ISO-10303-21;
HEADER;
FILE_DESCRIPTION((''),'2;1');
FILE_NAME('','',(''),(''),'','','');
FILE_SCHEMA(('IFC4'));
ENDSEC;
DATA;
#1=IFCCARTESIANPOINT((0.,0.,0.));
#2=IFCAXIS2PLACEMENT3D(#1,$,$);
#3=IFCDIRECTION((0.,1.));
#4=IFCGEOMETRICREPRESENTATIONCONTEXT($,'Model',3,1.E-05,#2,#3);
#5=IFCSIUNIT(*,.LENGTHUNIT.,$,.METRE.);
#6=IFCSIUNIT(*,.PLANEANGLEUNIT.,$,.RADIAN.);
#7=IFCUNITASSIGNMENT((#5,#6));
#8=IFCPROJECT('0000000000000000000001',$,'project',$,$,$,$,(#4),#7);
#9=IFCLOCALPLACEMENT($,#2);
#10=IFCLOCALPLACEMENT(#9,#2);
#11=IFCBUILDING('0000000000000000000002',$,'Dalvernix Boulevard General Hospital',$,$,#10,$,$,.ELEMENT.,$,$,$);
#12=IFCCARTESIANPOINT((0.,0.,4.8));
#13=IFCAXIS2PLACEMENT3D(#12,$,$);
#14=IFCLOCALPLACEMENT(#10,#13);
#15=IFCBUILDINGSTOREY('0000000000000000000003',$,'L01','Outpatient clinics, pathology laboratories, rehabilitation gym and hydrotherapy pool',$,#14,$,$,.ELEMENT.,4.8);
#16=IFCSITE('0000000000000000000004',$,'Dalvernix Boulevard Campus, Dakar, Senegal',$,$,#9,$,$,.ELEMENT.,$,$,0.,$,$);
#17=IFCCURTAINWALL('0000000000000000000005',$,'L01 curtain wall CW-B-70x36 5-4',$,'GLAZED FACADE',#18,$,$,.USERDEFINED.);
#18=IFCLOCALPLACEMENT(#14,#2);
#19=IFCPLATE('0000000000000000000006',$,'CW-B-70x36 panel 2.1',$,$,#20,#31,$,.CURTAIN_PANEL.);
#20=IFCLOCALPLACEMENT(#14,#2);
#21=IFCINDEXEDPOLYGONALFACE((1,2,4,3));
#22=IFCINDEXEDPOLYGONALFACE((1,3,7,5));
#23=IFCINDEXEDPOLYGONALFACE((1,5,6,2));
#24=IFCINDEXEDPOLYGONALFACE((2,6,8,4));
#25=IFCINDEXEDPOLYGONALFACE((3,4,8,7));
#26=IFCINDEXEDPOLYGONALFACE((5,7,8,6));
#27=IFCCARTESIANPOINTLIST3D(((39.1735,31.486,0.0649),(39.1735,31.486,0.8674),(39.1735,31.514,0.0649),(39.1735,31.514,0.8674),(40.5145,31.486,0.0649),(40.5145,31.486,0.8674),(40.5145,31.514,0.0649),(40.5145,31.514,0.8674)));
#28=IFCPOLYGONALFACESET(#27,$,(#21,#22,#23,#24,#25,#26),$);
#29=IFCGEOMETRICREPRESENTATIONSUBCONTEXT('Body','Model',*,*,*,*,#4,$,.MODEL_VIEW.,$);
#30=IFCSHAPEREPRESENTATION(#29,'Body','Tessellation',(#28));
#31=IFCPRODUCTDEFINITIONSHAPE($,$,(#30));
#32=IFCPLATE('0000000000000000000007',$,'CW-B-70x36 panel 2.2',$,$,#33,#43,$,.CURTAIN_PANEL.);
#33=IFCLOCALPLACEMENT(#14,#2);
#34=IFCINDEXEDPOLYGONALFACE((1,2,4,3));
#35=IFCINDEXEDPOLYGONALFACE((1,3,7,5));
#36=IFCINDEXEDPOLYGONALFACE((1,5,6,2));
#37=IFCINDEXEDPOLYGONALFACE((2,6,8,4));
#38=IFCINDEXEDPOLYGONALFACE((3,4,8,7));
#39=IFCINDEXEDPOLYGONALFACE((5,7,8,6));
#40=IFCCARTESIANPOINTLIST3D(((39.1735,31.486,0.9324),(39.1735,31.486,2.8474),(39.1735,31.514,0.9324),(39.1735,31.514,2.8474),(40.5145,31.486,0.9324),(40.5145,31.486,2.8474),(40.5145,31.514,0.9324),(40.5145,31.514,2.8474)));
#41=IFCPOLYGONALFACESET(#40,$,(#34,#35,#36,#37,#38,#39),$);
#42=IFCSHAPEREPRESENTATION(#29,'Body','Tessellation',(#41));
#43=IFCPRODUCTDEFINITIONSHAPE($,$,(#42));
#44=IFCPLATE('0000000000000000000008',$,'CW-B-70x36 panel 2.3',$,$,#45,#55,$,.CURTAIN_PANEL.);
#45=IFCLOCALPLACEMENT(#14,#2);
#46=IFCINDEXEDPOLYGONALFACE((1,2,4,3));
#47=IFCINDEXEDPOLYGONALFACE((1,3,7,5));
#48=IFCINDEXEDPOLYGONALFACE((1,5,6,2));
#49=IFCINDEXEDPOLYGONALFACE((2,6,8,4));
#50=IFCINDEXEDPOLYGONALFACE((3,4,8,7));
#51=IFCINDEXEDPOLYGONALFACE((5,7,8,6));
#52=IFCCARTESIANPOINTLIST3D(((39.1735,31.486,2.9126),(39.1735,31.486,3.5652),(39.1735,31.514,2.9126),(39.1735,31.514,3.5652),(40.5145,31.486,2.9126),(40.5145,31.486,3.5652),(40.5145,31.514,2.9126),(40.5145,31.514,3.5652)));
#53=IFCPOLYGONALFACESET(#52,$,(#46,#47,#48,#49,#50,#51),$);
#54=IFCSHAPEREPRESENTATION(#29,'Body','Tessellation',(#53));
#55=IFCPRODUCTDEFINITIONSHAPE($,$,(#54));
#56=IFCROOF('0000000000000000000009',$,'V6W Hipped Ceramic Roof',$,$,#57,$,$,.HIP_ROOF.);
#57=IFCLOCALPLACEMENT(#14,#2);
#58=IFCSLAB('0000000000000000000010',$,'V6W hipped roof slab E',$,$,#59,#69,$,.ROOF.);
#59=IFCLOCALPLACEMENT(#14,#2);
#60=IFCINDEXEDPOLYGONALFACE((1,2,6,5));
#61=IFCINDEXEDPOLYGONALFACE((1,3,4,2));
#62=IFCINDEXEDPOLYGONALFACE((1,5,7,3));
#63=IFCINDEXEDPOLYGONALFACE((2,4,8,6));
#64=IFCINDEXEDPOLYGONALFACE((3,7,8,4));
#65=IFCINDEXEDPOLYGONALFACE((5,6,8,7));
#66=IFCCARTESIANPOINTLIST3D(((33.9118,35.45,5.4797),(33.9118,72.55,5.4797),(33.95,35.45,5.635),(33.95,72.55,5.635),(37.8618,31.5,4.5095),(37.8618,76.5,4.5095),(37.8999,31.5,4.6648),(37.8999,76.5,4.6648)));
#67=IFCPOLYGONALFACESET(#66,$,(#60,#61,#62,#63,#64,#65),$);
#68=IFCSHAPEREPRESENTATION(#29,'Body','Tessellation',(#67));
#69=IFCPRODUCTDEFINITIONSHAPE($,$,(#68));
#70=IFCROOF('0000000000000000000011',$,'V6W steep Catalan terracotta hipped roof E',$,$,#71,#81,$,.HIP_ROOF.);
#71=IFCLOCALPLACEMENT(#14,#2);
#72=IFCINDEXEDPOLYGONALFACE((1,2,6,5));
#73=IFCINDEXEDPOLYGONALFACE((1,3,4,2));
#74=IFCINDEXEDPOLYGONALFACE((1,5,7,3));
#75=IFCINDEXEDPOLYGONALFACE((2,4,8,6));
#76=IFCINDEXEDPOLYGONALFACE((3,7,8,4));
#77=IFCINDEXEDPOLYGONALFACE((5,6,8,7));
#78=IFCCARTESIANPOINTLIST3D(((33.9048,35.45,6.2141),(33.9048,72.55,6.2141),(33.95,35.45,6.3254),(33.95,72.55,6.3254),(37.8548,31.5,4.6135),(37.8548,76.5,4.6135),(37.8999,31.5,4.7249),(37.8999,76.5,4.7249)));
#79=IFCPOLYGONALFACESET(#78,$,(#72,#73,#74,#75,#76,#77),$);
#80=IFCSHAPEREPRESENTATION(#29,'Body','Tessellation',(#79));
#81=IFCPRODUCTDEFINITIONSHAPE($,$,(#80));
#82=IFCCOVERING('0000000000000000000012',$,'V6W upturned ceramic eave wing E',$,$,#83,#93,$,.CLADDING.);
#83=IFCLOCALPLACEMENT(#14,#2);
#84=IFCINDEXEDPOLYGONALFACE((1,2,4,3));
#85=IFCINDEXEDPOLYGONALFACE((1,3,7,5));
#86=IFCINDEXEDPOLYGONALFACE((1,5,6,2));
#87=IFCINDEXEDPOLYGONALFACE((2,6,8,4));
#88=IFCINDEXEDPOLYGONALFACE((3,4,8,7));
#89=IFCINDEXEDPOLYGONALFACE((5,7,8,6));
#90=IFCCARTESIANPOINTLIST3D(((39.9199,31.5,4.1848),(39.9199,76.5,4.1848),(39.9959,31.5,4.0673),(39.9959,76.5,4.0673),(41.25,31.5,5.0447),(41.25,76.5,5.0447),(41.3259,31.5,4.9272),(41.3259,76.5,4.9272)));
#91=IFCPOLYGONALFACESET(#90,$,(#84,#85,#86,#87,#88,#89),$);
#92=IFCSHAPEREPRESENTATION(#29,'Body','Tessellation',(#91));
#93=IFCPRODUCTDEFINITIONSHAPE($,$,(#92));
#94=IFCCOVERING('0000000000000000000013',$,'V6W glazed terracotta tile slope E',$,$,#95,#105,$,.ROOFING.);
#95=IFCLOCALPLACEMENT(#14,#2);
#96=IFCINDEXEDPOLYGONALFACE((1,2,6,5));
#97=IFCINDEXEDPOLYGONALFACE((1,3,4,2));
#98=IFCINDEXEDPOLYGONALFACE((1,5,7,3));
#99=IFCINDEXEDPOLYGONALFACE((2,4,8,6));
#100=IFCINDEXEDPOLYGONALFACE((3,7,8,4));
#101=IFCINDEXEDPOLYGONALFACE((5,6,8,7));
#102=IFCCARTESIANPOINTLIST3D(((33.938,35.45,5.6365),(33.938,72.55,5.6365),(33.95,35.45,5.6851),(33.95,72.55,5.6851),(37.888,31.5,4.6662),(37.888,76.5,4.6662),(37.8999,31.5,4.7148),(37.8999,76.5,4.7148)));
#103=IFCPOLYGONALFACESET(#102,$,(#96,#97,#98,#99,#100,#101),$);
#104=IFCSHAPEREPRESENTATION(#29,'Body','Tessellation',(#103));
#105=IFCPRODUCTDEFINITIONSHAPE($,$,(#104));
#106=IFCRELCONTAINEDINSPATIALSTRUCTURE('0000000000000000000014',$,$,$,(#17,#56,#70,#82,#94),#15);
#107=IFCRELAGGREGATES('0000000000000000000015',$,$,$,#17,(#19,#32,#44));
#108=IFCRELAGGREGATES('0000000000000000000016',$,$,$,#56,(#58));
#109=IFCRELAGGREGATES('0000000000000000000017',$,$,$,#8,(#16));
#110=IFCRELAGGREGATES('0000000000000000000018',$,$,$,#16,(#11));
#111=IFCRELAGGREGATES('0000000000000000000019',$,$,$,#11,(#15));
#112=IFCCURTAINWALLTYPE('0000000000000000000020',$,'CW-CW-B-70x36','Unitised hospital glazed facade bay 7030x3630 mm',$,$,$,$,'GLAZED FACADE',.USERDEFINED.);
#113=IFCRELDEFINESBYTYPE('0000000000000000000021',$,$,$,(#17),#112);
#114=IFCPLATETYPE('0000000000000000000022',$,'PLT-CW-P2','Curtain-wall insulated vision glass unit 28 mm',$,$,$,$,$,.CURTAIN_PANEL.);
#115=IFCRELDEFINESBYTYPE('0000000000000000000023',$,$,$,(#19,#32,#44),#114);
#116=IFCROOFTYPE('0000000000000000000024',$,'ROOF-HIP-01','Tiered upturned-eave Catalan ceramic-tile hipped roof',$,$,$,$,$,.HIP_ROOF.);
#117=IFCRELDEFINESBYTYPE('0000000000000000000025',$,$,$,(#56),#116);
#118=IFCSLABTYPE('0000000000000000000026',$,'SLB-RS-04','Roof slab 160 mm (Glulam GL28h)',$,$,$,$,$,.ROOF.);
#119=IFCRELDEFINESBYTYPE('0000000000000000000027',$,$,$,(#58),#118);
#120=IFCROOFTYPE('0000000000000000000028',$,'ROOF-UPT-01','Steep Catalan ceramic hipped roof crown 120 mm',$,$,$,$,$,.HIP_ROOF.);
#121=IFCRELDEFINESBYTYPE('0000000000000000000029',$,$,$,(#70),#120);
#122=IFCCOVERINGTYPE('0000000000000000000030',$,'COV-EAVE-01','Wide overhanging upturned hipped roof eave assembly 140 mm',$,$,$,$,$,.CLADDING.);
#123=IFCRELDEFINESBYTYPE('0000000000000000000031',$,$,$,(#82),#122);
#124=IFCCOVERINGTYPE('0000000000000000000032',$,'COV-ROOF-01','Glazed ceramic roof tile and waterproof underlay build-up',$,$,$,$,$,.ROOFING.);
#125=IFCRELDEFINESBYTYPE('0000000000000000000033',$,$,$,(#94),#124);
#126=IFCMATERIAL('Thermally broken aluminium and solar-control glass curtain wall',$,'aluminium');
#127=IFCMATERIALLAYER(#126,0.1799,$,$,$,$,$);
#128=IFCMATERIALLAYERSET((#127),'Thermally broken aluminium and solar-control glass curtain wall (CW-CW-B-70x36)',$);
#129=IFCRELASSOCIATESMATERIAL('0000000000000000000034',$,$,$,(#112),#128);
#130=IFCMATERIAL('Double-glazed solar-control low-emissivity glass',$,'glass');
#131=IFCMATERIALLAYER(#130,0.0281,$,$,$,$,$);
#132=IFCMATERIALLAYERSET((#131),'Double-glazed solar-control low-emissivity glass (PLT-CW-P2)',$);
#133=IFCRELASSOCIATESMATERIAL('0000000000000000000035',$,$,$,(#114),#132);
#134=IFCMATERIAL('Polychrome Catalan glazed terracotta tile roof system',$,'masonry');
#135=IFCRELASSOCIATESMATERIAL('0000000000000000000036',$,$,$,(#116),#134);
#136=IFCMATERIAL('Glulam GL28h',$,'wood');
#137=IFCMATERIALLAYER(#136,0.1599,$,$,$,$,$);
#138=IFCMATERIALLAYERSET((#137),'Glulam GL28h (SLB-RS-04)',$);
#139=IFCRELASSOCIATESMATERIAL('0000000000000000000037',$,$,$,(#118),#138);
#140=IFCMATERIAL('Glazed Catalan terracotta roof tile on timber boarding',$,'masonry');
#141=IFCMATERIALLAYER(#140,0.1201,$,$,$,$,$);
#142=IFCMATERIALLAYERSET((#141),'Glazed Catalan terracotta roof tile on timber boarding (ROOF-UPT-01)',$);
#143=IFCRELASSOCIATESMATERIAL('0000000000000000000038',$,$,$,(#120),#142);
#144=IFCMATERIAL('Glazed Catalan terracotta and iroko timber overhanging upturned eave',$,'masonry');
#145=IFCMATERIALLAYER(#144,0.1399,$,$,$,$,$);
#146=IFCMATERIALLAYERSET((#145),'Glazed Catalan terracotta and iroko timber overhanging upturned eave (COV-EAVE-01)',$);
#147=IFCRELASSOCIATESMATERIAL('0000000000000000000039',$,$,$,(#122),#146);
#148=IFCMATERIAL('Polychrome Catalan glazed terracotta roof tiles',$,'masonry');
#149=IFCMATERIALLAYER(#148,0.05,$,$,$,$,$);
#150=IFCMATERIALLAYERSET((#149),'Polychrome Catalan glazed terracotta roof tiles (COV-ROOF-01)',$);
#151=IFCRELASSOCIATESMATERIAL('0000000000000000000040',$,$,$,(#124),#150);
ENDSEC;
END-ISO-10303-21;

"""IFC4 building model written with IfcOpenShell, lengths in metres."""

from ifc_helpers import new_model, si_unit, direction, frame, origin, origin_2d, place, context, subcontext, project, spatial, polyline, rectangle, outline, extrude, material, layer, layer_set, type_object, element, aggregate, save


model = new_model("IFC4")

# Units and contexts
model_context = context("Model", 3, precision=1e-05, world=origin(), true_north=direction((0.0, 1.0)))
body_context = subcontext(model_context, "Body", "Model", "MODEL_VIEW")
ifc_project = project(units=[si_unit("LENGTHUNIT", "METRE"), si_unit("PLANEANGLEUNIT", "RADIAN")], contexts=[model_context])

# Site, building, storey
site_placement = place(None, origin())
site = spatial("IfcSite", under=ifc_project, at=site_placement, Name="Dalvernix Boulevard Campus, Dakar, Senegal", CompositionType="ELEMENT", RefElevation=0.0)
building_placement = place(site_placement, origin())
building = spatial("IfcBuilding", under=site, at=building_placement, Name="Dalvernix Boulevard General Hospital", CompositionType="ELEMENT")
storey_placement = place(building_placement, frame((0.0, 0.0, 4.8)))
storey = spatial("IfcBuildingStorey", under=building, at=storey_placement, Name="L01", Description="Outpatient clinics, pathology laboratories, rehabilitation gym and hydrotherapy pool", CompositionType="ELEMENT", Elevation=4.8)

# Curtain wall, plates
ifc_material_1 = material(Name="Thermally broken aluminium and solar-control glass curtain wall", Category="aluminium")
ifc_layer_1 = layer(ifc_material_1, 0.1799)
ifc_layer_set_1 = layer_set([ifc_layer_1], Name="Thermally broken aluminium and solar-control glass curtain wall (CW-CW-B-70x36)")
curtain_wall_type = type_object("IfcCurtainWallType", Name="CW-CW-B-70x36", Description="Unitised hospital glazed facade bay 7030x3630 mm", ElementType="GLAZED FACADE", PredefinedType="USERDEFINED", material=ifc_layer_set_1)
curtain_wall_placement = place(storey_placement, origin())
curtain_wall = element("IfcCurtainWall", 1, at=curtain_wall_placement, inside=storey, type_object=curtain_wall_type, Name="L01 curtain wall CW-B-70x36 5-4", ObjectType="GLAZED FACADE", PredefinedType="USERDEFINED")
ifc_material_2 = material(Name="Double-glazed solar-control low-emissivity glass", Category="glass")
ifc_layer_2 = layer(ifc_material_2, 0.0281)
ifc_layer_set_2 = layer_set([ifc_layer_2], Name="Double-glazed solar-control low-emissivity glass (PLT-CW-P2)")
plate_type = type_object("IfcPlateType", Name="PLT-CW-P2", Description="Curtain-wall insulated vision glass unit 28 mm", PredefinedType="CURTAIN_PANEL", material=ifc_layer_set_2)
plate_1_placement = place(storey_placement, frame((39.844, 31.5, 0.0649), z_axis=(0.0, 0.0, 1.0), x_axis=(1.0, 0.0, 0.0)))
plate_1 = element("IfcPlate", 2, at=plate_1_placement, type_object=plate_type, Name="CW-B-70x36 panel 2.1", PredefinedType="CURTAIN_PANEL", context=body_context, shape_type="SweptSolid", body=[
    extrude(rectangle(XDim=1.3411, YDim=0.0281, at=origin_2d()), origin(), (0.0, 0.0, 1.0), 0.8025),
])
plate_2_placement = place(storey_placement, frame((39.844, 31.5, 0.9324), z_axis=(0.0, 0.0, 1.0), x_axis=(1.0, 0.0, 0.0)))
plate_2 = element("IfcPlate", 3, at=plate_2_placement, type_object=plate_type, Name="CW-B-70x36 panel 2.2", PredefinedType="CURTAIN_PANEL", context=body_context, shape_type="SweptSolid", body=[
    extrude(rectangle(XDim=1.3411, YDim=0.0281, at=origin_2d()), origin(), (0.0, 0.0, 1.0), 1.915),
])
plate_3_placement = place(storey_placement, frame((39.844, 31.5, 2.9126), z_axis=(0.0, 0.0, 1.0), x_axis=(1.0, 0.0, 0.0)))
plate_3 = element("IfcPlate", 4, at=plate_3_placement, type_object=plate_type, Name="CW-B-70x36 panel 2.3", PredefinedType="CURTAIN_PANEL", context=body_context, shape_type="SweptSolid", body=[
    extrude(rectangle(XDim=1.3411, YDim=0.0281, at=origin_2d()), origin(), (0.0, 0.0, 1.0), 0.6526),
])
aggregate(curtain_wall, [plate_1, plate_2, plate_3])

# Roof, slab
ifc_material_3 = material(Name="Polychrome Catalan glazed terracotta tile roof system", Category="masonry")
roof_type_1 = type_object("IfcRoofType", Name="ROOF-HIP-01", Description="Tiered upturned-eave Catalan ceramic-tile hipped roof", PredefinedType="HIP_ROOF", material=ifc_material_3)
roof_1_placement = place(storey_placement, origin())
roof_1 = element("IfcRoof", 5, at=roof_1_placement, inside=storey, type_object=roof_type_1, Name="V6W Hipped Ceramic Roof", PredefinedType="HIP_ROOF")
ifc_material_4 = material(Name="Glulam GL28h", Category="wood")
ifc_layer_3 = layer(ifc_material_4, 0.1599)
ifc_layer_set_3 = layer_set([ifc_layer_3], Name="Glulam GL28h (SLB-RS-04)")
slab_type = type_object("IfcSlabType", Name="SLB-RS-04", Description="Roof slab 160 mm (Glulam GL28h)", PredefinedType="ROOF", material=ifc_layer_set_3)
slab_placement = place(storey_placement, frame((37.8999, 31.5, 4.6648), z_axis=(0.238537, 0.0, 0.971133), x_axis=(0.0, 1.0, 0.0)))
slab = element("IfcSlab", 6, at=slab_placement, type_object=slab_type, Name="V6W hipped roof slab E", PredefinedType="ROOF", context=body_context, shape_type="SweptSolid", body=[
    extrude(outline(polyline([(0.0, 0.0), (45.0, 0.0), (41.05, 4.0674), (3.95, 4.0674), (0.0, 0.0)])), origin(), (0.0, 0.0, -1.0), 0.1599),
])
aggregate(roof_1, [slab])

# Roof
ifc_material_5 = material(Name="Glazed Catalan terracotta roof tile on timber boarding", Category="masonry")
ifc_layer_4 = layer(ifc_material_5, 0.1201)
ifc_layer_set_4 = layer_set([ifc_layer_4], Name="Glazed Catalan terracotta roof tile on timber boarding (ROOF-UPT-01)")
roof_type_2 = type_object("IfcRoofType", Name="ROOF-UPT-01", Description="Steep Catalan ceramic hipped roof crown 120 mm", PredefinedType="HIP_ROOF", material=ifc_layer_set_4)
roof_2_placement = place(storey_placement, frame((37.8999, 31.5, 4.7249), z_axis=(0.375555, 0.0, 0.9268), x_axis=(0.0, 1.0, 0.0)))
element("IfcRoof", 7, at=roof_2_placement, inside=storey, type_object=roof_type_2, Name="V6W steep Catalan terracotta hipped roof E", PredefinedType="HIP_ROOF", context=body_context, shape_type="SweptSolid", body=[
    extrude(outline(polyline([(0.0, 0.0), (45.0, 0.0), (41.05, 4.2619), (3.95, 4.2619), (0.0, 0.0)])), origin(), (0.0, 0.0, -1.0), 0.1201),
])

# Coverings
ifc_material_6 = material(Name="Glazed Catalan terracotta and iroko timber overhanging upturned eave", Category="masonry")
ifc_layer_5 = layer(ifc_material_6, 0.1399)
ifc_layer_set_5 = layer_set([ifc_layer_5], Name="Glazed Catalan terracotta and iroko timber overhanging upturned eave (COV-EAVE-01)")
covering_type_1 = type_object("IfcCoveringType", Name="COV-EAVE-01", Description="Wide overhanging upturned hipped roof eave assembly 140 mm", PredefinedType="CLADDING", material=ifc_layer_set_5)
covering_1_placement = place(storey_placement, frame((39.9199, 31.5, 4.1848), z_axis=(-0.542906, 0.0, 0.839793), x_axis=(0.0, 1.0, 0.0)))
element("IfcCovering", 8, at=covering_1_placement, inside=storey, type_object=covering_type_1, Name="V6W upturned ceramic eave wing E", PredefinedType="CLADDING", context=body_context, shape_type="SweptSolid", body=[
    extrude(outline(polyline([(0.0, 0.0), (45.0, 0.0), (45.0, -1.5838), (0.0, -1.5838), (0.0, 0.0)])), origin(), (0.0, 0.0, -1.0), 0.1399),
])
ifc_material_7 = material(Name="Polychrome Catalan glazed terracotta roof tiles", Category="masonry")
ifc_layer_6 = layer(ifc_material_7, 0.05)
ifc_layer_set_6 = layer_set([ifc_layer_6], Name="Polychrome Catalan glazed terracotta roof tiles (COV-ROOF-01)")
covering_type_2 = type_object("IfcCoveringType", Name="COV-ROOF-01", Description="Glazed ceramic roof tile and waterproof underlay build-up", PredefinedType="ROOFING", material=ifc_layer_set_6)
covering_2_placement = place(storey_placement, frame((37.8999, 31.5, 4.7148), z_axis=(0.238537, 0.0, 0.971133), x_axis=(0.0, 1.0, 0.0)))
element("IfcCovering", 9, at=covering_2_placement, inside=storey, type_object=covering_type_2, Name="V6W glazed terracotta tile slope E", PredefinedType="ROOFING", context=body_context, shape_type="SweptSolid", body=[
    extrude(outline(polyline([(0.0, 0.0), (45.0, 0.0), (41.05, 4.0674), (3.95, 4.0674), (0.0, 0.0)])), origin(), (0.0, 0.0, -1.0), 0.05),
])

save(model, "model.ifc")
